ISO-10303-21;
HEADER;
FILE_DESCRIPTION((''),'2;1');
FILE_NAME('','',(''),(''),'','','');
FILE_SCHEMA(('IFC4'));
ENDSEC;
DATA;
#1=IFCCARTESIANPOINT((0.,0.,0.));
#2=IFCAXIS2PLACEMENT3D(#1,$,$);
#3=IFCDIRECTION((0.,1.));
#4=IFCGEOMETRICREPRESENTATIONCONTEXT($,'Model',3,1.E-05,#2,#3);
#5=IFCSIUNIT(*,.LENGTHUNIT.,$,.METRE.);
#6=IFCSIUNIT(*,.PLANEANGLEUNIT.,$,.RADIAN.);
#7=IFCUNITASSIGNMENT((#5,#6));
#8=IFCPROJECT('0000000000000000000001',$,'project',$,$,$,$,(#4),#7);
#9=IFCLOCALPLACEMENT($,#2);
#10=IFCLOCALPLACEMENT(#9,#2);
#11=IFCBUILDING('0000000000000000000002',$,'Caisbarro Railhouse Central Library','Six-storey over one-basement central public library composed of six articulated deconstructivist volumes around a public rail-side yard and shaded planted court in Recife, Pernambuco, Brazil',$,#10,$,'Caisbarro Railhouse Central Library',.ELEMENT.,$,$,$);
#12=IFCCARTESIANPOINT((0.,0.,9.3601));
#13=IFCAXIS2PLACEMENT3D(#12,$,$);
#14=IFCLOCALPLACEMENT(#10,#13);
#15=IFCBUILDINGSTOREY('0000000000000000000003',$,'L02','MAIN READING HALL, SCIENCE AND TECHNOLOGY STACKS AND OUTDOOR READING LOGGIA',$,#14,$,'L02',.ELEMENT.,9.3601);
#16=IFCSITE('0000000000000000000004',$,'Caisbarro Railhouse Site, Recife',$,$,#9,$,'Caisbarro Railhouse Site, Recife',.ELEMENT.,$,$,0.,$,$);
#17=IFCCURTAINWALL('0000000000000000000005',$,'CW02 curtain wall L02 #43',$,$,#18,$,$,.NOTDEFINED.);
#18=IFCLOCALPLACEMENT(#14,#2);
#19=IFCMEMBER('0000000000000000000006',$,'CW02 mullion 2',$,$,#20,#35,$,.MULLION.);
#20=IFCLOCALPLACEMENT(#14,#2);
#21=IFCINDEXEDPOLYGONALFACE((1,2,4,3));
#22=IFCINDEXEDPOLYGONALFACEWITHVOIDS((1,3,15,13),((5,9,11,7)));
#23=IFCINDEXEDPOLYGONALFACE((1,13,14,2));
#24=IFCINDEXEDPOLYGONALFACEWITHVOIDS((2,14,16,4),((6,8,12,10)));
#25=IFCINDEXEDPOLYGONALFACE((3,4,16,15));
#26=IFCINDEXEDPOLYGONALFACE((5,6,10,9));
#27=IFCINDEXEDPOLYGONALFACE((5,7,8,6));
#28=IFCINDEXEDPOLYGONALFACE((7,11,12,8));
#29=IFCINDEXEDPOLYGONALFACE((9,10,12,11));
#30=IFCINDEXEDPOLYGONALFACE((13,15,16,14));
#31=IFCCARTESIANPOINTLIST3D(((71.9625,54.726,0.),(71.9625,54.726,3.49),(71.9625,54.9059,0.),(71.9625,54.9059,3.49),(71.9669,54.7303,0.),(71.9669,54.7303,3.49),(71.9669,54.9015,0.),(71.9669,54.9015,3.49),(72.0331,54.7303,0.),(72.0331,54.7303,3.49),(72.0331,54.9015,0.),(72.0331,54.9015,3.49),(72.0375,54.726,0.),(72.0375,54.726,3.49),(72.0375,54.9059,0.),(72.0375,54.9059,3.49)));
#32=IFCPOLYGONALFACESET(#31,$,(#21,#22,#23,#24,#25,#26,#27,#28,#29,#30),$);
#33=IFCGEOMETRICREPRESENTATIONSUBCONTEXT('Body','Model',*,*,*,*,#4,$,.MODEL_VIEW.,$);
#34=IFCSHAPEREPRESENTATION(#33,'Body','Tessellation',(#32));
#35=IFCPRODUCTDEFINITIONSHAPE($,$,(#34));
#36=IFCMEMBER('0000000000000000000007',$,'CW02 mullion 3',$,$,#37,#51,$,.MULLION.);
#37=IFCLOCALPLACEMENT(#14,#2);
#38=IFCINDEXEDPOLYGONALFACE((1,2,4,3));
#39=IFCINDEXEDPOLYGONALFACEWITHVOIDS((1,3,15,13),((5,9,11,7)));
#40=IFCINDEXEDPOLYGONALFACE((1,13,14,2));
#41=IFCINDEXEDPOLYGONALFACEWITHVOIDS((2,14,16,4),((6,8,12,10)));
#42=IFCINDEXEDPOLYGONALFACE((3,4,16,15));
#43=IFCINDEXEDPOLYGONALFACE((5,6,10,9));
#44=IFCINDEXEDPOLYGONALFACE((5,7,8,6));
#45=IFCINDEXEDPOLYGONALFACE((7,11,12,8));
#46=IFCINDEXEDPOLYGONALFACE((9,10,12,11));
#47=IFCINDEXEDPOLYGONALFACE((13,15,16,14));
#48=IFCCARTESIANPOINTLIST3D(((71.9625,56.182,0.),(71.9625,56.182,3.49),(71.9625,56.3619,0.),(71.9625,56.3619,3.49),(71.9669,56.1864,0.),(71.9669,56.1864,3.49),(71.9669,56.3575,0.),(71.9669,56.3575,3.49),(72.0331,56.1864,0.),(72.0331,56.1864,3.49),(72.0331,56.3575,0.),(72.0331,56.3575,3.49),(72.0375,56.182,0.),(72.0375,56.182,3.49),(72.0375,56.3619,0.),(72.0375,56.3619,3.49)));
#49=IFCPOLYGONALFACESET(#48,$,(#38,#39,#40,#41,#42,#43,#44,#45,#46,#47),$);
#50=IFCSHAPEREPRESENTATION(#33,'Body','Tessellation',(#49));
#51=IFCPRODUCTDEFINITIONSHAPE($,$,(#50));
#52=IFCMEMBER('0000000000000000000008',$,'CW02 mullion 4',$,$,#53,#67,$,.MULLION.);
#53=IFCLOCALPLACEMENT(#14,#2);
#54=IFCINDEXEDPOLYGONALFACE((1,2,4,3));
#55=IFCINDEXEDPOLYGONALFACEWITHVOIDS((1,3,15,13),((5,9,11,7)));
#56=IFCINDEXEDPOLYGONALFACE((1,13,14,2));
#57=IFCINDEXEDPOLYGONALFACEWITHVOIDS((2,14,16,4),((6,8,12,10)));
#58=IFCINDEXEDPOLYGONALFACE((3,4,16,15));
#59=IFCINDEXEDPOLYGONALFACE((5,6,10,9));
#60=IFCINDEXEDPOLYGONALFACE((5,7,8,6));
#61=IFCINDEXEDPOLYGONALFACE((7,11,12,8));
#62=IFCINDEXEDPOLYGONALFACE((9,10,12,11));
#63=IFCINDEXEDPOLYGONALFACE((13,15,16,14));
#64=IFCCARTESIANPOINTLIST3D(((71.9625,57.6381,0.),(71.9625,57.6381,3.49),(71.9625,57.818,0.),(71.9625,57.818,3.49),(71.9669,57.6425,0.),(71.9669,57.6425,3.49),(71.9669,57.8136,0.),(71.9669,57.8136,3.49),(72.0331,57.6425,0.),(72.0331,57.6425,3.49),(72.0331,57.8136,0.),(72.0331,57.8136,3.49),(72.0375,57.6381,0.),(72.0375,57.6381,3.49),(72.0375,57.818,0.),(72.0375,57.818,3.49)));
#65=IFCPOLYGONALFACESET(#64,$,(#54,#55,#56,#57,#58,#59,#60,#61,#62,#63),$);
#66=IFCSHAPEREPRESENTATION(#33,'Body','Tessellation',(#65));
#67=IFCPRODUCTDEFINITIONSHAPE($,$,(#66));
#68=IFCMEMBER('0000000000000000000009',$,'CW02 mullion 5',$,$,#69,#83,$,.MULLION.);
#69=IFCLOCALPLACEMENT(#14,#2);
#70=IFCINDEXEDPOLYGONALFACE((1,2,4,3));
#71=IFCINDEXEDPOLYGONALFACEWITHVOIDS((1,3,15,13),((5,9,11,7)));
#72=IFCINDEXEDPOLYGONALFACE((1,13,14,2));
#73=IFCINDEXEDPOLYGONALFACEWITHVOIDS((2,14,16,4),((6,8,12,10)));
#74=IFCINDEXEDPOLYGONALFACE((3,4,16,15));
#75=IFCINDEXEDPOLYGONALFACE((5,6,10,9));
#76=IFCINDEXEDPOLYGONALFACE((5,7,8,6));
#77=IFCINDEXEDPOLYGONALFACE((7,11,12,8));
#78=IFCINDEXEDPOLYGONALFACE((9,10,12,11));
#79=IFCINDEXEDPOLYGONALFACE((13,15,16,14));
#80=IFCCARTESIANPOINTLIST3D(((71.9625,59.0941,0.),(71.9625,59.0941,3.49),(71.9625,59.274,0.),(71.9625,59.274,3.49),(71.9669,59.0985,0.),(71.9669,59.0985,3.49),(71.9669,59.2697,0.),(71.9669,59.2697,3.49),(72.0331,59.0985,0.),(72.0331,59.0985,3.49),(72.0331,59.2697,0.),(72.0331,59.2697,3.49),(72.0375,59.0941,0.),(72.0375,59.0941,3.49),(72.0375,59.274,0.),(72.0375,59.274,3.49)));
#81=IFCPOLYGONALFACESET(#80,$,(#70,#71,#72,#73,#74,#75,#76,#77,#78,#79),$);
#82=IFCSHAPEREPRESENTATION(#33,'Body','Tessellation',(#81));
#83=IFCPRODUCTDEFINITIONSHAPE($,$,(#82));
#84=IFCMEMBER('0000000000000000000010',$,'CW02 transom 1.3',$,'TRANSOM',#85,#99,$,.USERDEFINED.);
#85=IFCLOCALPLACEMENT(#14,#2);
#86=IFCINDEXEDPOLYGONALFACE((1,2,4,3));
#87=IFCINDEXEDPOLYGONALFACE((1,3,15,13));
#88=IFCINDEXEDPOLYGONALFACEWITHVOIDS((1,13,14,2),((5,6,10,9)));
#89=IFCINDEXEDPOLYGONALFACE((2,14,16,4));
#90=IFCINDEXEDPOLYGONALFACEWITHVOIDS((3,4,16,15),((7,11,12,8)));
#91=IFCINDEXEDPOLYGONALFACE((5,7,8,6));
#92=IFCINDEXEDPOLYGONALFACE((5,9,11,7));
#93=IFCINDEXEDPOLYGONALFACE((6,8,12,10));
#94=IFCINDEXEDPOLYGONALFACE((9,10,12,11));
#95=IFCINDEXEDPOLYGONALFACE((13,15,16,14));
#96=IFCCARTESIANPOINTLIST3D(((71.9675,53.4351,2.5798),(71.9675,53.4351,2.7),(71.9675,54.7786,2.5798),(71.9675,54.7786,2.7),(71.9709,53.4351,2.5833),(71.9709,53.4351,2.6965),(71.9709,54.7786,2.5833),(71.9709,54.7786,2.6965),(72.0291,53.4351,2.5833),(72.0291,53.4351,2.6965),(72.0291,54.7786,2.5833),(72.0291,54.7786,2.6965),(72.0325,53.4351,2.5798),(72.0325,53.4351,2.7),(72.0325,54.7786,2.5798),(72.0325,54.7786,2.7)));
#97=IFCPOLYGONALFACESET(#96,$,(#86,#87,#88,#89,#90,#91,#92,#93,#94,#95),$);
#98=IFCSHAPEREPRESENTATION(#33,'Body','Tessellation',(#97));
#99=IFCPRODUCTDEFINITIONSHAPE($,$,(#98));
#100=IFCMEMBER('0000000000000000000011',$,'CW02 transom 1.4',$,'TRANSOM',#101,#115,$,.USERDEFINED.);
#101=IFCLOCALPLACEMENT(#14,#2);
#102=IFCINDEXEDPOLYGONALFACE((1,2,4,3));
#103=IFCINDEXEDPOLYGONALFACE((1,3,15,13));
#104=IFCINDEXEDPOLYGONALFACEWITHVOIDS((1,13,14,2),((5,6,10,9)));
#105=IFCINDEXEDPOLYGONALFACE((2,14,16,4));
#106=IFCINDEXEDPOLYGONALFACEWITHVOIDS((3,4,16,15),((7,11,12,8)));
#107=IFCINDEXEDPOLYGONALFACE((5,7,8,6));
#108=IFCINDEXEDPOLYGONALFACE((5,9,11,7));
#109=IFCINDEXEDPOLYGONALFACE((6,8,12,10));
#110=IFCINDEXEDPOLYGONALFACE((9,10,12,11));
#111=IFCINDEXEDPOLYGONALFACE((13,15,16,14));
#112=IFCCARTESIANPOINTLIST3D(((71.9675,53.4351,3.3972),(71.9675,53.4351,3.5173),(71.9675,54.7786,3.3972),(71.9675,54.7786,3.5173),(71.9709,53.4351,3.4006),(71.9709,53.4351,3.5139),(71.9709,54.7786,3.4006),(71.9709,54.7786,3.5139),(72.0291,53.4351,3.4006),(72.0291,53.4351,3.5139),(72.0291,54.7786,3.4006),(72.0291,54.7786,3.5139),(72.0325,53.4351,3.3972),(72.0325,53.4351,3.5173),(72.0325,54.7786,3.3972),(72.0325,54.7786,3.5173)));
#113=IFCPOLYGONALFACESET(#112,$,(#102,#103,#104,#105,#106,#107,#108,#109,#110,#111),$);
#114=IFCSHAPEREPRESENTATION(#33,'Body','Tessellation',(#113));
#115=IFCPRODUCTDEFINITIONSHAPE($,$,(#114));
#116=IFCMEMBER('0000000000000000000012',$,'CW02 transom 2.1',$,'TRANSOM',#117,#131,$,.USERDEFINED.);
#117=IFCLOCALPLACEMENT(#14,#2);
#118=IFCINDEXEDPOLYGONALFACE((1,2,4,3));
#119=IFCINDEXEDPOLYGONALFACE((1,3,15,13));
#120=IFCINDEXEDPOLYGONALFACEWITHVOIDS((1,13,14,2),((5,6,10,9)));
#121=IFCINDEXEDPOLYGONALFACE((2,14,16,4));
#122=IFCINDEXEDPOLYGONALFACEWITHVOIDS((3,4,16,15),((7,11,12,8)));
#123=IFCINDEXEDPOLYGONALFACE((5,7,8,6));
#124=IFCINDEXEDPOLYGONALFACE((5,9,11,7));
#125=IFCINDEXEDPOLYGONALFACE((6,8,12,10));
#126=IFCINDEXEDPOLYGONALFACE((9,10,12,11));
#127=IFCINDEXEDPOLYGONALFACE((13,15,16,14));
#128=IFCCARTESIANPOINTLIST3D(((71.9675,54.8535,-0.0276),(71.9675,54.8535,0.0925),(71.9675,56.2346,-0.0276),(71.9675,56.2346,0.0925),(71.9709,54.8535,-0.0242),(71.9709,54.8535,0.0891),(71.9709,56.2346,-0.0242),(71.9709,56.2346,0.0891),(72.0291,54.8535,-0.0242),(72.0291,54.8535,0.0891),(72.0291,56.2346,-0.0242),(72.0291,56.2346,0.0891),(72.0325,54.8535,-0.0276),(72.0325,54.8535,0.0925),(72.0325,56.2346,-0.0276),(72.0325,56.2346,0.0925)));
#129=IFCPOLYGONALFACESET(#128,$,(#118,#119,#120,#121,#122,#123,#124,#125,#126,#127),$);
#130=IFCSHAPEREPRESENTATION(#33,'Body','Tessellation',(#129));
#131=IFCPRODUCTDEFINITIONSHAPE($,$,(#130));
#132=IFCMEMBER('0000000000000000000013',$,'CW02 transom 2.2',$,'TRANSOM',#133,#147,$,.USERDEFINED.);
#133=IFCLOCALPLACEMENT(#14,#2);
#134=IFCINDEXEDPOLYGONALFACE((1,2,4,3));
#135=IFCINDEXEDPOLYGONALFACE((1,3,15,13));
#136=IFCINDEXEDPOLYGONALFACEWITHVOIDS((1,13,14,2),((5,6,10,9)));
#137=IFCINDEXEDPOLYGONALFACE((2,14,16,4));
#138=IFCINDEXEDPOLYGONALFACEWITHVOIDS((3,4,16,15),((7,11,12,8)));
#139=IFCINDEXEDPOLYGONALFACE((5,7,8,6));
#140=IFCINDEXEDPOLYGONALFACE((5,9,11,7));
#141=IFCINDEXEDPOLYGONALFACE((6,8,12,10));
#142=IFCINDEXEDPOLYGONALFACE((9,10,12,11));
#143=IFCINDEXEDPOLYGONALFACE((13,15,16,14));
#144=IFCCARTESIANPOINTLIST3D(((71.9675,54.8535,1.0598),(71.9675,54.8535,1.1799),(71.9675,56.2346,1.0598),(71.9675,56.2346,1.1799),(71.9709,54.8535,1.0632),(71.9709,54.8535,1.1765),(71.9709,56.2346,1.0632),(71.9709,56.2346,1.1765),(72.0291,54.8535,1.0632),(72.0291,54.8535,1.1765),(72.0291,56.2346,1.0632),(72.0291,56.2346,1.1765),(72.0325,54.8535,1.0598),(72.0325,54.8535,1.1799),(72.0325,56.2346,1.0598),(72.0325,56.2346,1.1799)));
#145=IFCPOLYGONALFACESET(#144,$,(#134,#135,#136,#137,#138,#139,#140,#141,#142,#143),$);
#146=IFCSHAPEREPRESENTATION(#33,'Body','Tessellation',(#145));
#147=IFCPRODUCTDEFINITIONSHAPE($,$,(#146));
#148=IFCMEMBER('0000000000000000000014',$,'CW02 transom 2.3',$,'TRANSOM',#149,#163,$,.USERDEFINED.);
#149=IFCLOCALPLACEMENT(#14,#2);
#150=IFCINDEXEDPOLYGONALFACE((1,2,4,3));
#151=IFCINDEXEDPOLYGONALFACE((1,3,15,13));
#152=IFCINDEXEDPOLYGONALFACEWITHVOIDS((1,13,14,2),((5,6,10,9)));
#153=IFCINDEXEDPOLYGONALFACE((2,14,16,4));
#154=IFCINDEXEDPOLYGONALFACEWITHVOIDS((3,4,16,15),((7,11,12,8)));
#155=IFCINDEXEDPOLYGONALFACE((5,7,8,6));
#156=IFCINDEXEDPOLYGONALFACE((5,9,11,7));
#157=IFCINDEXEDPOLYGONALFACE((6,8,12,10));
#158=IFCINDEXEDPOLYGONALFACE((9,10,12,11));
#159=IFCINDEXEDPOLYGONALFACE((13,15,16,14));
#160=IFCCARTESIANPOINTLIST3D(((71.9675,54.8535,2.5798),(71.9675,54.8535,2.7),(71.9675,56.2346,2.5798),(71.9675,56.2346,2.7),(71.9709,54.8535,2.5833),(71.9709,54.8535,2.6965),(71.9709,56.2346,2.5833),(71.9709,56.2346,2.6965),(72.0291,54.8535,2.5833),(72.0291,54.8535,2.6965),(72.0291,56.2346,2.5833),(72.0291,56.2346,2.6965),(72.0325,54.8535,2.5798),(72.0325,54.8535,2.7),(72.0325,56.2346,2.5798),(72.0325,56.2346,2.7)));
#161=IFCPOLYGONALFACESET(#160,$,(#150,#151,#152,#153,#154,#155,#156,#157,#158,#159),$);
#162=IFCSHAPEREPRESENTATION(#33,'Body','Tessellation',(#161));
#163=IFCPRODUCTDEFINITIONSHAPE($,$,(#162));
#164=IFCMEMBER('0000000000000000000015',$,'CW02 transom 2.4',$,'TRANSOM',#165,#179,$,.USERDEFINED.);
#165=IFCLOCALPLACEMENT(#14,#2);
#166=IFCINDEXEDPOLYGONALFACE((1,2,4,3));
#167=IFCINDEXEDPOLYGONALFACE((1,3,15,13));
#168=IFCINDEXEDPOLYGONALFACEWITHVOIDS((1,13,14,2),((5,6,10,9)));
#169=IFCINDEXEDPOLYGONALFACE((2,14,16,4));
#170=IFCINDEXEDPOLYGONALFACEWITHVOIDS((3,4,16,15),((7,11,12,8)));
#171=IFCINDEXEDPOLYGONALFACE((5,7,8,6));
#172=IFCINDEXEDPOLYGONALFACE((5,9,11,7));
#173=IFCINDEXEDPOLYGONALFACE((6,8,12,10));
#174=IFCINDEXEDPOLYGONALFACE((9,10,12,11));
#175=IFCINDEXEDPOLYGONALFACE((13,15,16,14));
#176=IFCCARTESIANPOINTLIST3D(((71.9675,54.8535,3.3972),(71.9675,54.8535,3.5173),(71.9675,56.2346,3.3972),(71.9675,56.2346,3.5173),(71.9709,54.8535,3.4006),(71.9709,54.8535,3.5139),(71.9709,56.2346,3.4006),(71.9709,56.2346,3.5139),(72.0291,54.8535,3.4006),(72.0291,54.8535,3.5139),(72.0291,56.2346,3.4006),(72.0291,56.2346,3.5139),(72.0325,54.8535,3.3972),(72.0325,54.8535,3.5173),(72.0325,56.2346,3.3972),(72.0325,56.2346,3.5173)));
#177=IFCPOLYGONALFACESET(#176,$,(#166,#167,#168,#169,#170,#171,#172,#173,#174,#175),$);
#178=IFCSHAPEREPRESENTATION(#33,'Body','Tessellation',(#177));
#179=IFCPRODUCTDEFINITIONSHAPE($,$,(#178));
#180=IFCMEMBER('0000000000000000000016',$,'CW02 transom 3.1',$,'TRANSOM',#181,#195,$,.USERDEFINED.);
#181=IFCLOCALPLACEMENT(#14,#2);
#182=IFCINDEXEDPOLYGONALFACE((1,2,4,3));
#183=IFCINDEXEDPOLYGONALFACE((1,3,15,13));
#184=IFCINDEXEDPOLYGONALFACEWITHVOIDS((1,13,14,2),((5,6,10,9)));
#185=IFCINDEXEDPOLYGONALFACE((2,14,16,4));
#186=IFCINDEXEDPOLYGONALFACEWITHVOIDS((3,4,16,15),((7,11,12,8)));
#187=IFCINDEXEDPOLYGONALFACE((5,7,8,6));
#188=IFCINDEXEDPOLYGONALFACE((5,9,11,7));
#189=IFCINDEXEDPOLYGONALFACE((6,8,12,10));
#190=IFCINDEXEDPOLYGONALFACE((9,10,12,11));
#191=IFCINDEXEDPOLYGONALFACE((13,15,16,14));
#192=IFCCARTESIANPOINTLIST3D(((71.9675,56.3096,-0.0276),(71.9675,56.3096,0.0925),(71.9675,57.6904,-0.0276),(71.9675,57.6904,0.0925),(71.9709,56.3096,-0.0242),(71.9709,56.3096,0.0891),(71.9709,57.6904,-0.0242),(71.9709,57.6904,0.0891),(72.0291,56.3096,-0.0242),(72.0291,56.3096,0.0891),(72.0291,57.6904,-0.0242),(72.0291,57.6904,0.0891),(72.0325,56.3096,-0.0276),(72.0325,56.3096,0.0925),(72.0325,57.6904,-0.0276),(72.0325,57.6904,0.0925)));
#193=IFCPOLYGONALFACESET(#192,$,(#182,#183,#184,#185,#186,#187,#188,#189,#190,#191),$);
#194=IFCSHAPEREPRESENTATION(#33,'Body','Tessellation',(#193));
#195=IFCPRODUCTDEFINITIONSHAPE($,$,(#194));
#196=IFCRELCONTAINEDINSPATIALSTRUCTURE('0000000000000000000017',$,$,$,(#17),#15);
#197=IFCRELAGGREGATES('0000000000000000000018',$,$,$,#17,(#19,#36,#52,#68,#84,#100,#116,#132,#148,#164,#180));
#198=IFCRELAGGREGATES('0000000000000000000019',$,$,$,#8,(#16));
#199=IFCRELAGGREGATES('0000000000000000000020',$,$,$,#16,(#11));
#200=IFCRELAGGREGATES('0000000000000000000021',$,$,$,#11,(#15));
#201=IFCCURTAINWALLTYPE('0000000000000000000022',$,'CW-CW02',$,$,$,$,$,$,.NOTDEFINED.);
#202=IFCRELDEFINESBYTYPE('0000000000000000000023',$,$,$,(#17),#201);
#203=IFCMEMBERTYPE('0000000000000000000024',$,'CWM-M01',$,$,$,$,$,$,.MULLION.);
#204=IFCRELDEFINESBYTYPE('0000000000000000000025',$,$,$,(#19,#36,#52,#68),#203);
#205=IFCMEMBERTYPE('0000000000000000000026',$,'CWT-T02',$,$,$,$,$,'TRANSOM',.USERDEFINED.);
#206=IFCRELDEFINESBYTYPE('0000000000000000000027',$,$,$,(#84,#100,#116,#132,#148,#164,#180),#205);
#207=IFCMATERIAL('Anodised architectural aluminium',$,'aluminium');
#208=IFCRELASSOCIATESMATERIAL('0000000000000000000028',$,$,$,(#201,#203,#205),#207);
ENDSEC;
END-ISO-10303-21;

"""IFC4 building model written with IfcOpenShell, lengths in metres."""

from ifc_helpers import new_model, si_unit, direction, frame, origin, origin_2d, place, context, subcontext, project, spatial, hollow_rectangle, extrude, material, material_profile, profile_set, type_object, element, aggregate, save


model = new_model("IFC4")

# Units and contexts
model_context = context("Model", 3, precision=1e-05, world=origin(), true_north=direction((0.0, 1.0)))
body_context = subcontext(model_context, "Body", "Model", "MODEL_VIEW")
ifc_project = project(units=[si_unit("LENGTHUNIT", "METRE"), si_unit("PLANEANGLEUNIT", "RADIAN")], contexts=[model_context])

# Site, building, storey
site_placement = place(None, origin())
site = spatial("IfcSite", under=ifc_project, at=site_placement, Name="Caisbarro Railhouse Site, Recife", LongName="Caisbarro Railhouse Site, Recife", CompositionType="ELEMENT", RefElevation=0.0)
building_placement = place(site_placement, origin())
building = spatial("IfcBuilding", under=site, at=building_placement, Name="Caisbarro Railhouse Central Library", Description="Six-storey over one-basement central public library composed of six articulated deconstructivist volumes around a public rail-side yard and shaded planted court in Recife, Pernambuco, Brazil", LongName="Caisbarro Railhouse Central Library", CompositionType="ELEMENT")
storey_placement = place(building_placement, frame((0.0, 0.0, 9.3601)))
storey = spatial("IfcBuildingStorey", under=building, at=storey_placement, Name="L02", Description="MAIN READING HALL, SCIENCE AND TECHNOLOGY STACKS AND OUTDOOR READING LOGGIA", LongName="L02", CompositionType="ELEMENT", Elevation=9.3601)

# Curtain wall, members
ifc_material_1 = material(Name="Anodised architectural aluminium", Category="aluminium")
curtain_wall_type = type_object("IfcCurtainWallType", Name="CW-CW02", PredefinedType="NOTDEFINED", material=ifc_material_1)
curtain_wall_placement = place(storey_placement, origin())
curtain_wall = element("IfcCurtainWall", 1, at=curtain_wall_placement, inside=storey, type_object=curtain_wall_type, Name="CW02 curtain wall L02 #43", PredefinedType="NOTDEFINED")
ifc_material_profile_1 = material_profile(ifc_material_1, hollow_rectangle(XDim=0.075, YDim=0.1799, WallThickness=0.0044, at=origin_2d()), Name="ALU-MUL-75X180")
ifc_profile_set_1 = profile_set([ifc_material_profile_1], Name="Anodised architectural aluminium")
member_type_1 = type_object("IfcMemberType", Name="CWM-M01", PredefinedType="MULLION", material=ifc_profile_set_1)
member_1_placement = place(storey_placement, frame((72.0, 54.8159, 0.0), z_axis=(0.0, 0.0, 1.0), x_axis=(-1.0, 0.0, 0.0)))
member_1 = element("IfcMember", 2, at=member_1_placement, type_object=member_type_1, Name="CW02 mullion 2", PredefinedType="MULLION", context=body_context, shape_type="SweptSolid", body=[
    extrude(hollow_rectangle(XDim=0.075, YDim=0.1799, WallThickness=0.0044, at=origin_2d()), origin(), (0.0, 0.0, 1.0), 3.49),
])
member_2_placement = place(storey_placement, frame((72.0, 56.272, 0.0), z_axis=(0.0, 0.0, 1.0), x_axis=(-1.0, 0.0, 0.0)))
member_2 = element("IfcMember", 3, at=member_2_placement, type_object=member_type_1, Name="CW02 mullion 3", PredefinedType="MULLION", context=body_context, shape_type="SweptSolid", body=[
    extrude(hollow_rectangle(XDim=0.075, YDim=0.1799, WallThickness=0.0044, at=origin_2d()), origin(), (0.0, 0.0, 1.0), 3.49),
])
member_3_placement = place(storey_placement, frame((72.0, 57.728, 0.0), z_axis=(0.0, 0.0, 1.0), x_axis=(-1.0, 0.0, 0.0)))
member_3 = element("IfcMember", 4, at=member_3_placement, type_object=member_type_1, Name="CW02 mullion 4", PredefinedType="MULLION", context=body_context, shape_type="SweptSolid", body=[
    extrude(hollow_rectangle(XDim=0.075, YDim=0.1799, WallThickness=0.0044, at=origin_2d()), origin(), (0.0, 0.0, 1.0), 3.49),
])
member_4_placement = place(storey_placement, frame((72.0, 59.1841, 0.0), z_axis=(0.0, 0.0, 1.0), x_axis=(-1.0, 0.0, 0.0)))
member_4 = element("IfcMember", 5, at=member_4_placement, type_object=member_type_1, Name="CW02 mullion 5", PredefinedType="MULLION", context=body_context, shape_type="SweptSolid", body=[
    extrude(hollow_rectangle(XDim=0.075, YDim=0.1799, WallThickness=0.0044, at=origin_2d()), origin(), (0.0, 0.0, 1.0), 3.49),
])
ifc_material_profile_2 = material_profile(ifc_material_1, hollow_rectangle(XDim=0.0649, YDim=0.1201, WallThickness=0.0034, at=origin_2d()), Name="ALU-TRN-65X120")
ifc_profile_set_2 = profile_set([ifc_material_profile_2], Name="Anodised architectural aluminium")
member_type_2 = type_object("IfcMemberType", Name="CWT-T02", ElementType="TRANSOM", PredefinedType="USERDEFINED", material=ifc_profile_set_2)
member_5_placement = place(storey_placement, frame((72.0, 53.4351, 2.6399), z_axis=(0.0, 1.0, 0.0), x_axis=(-1.0, 0.0, 0.0)))
member_5 = element("IfcMember", 6, at=member_5_placement, type_object=member_type_2, Name="CW02 transom 1.3", ObjectType="TRANSOM", PredefinedType="USERDEFINED", context=body_context, shape_type="SweptSolid", body=[
    extrude(hollow_rectangle(XDim=0.0649, YDim=0.1201, WallThickness=0.0034, at=origin_2d()), origin(), (0.0, 0.0, 1.0), 1.3435),
])
member_6_placement = place(storey_placement, frame((72.0, 53.4351, 3.4573), z_axis=(0.0, 1.0, 0.0), x_axis=(-1.0, 0.0, 0.0)))
member_6 = element("IfcMember", 7, at=member_6_placement, type_object=member_type_2, Name="CW02 transom 1.4", ObjectType="TRANSOM", PredefinedType="USERDEFINED", context=body_context, shape_type="SweptSolid", body=[
    extrude(hollow_rectangle(XDim=0.0649, YDim=0.1201, WallThickness=0.0034, at=origin_2d()), origin(), (0.0, 0.0, 1.0), 1.3435),
])
member_7_placement = place(storey_placement, frame((72.0, 54.8535, 0.0325), z_axis=(0.0, 1.0, 0.0), x_axis=(-1.0, 0.0, 0.0)))
member_7 = element("IfcMember", 8, at=member_7_placement, type_object=member_type_2, Name="CW02 transom 2.1", ObjectType="TRANSOM", PredefinedType="USERDEFINED", context=body_context, shape_type="SweptSolid", body=[
    extrude(hollow_rectangle(XDim=0.0649, YDim=0.1201, WallThickness=0.0034, at=origin_2d()), origin(), (0.0, 0.0, 1.0), 1.3811),
])
member_8_placement = place(storey_placement, frame((72.0, 54.8535, 1.1199), z_axis=(0.0, 1.0, 0.0), x_axis=(-1.0, 0.0, 0.0)))
member_8 = element("IfcMember", 9, at=member_8_placement, type_object=member_type_2, Name="CW02 transom 2.2", ObjectType="TRANSOM", PredefinedType="USERDEFINED", context=body_context, shape_type="SweptSolid", body=[
    extrude(hollow_rectangle(XDim=0.0649, YDim=0.1201, WallThickness=0.0034, at=origin_2d()), origin(), (0.0, 0.0, 1.0), 1.3811),
])
member_9_placement = place(storey_placement, frame((72.0, 54.8535, 2.6399), z_axis=(0.0, 1.0, 0.0), x_axis=(-1.0, 0.0, 0.0)))
member_9 = element("IfcMember", 10, at=member_9_placement, type_object=member_type_2, Name="CW02 transom 2.3", ObjectType="TRANSOM", PredefinedType="USERDEFINED", context=body_context, shape_type="SweptSolid", body=[
    extrude(hollow_rectangle(XDim=0.0649, YDim=0.1201, WallThickness=0.0034, at=origin_2d()), origin(), (0.0, 0.0, 1.0), 1.3811),
])
member_10_placement = place(storey_placement, frame((72.0, 54.8535, 3.4573), z_axis=(0.0, 1.0, 0.0), x_axis=(-1.0, 0.0, 0.0)))
member_10 = element("IfcMember", 11, at=member_10_placement, type_object=member_type_2, Name="CW02 transom 2.4", ObjectType="TRANSOM", PredefinedType="USERDEFINED", context=body_context, shape_type="SweptSolid", body=[
    extrude(hollow_rectangle(XDim=0.0649, YDim=0.1201, WallThickness=0.0034, at=origin_2d()), origin(), (0.0, 0.0, 1.0), 1.3811),
])
member_11_placement = place(storey_placement, frame((72.0, 56.3096, 0.0325), z_axis=(0.0, 1.0, 0.0), x_axis=(-1.0, 0.0, 0.0)))
member_11 = element("IfcMember", 12, at=member_11_placement, type_object=member_type_2, Name="CW02 transom 3.1", ObjectType="TRANSOM", PredefinedType="USERDEFINED", context=body_context, shape_type="SweptSolid", body=[
    extrude(hollow_rectangle(XDim=0.0649, YDim=0.1201, WallThickness=0.0034, at=origin_2d()), origin(), (0.0, 0.0, 1.0), 1.3809),
])
aggregate(curtain_wall, [member_1, member_2, member_3, member_4, member_5, member_6, member_7, member_8, member_9, member_10, member_11])

save(model, "model.ifc")
